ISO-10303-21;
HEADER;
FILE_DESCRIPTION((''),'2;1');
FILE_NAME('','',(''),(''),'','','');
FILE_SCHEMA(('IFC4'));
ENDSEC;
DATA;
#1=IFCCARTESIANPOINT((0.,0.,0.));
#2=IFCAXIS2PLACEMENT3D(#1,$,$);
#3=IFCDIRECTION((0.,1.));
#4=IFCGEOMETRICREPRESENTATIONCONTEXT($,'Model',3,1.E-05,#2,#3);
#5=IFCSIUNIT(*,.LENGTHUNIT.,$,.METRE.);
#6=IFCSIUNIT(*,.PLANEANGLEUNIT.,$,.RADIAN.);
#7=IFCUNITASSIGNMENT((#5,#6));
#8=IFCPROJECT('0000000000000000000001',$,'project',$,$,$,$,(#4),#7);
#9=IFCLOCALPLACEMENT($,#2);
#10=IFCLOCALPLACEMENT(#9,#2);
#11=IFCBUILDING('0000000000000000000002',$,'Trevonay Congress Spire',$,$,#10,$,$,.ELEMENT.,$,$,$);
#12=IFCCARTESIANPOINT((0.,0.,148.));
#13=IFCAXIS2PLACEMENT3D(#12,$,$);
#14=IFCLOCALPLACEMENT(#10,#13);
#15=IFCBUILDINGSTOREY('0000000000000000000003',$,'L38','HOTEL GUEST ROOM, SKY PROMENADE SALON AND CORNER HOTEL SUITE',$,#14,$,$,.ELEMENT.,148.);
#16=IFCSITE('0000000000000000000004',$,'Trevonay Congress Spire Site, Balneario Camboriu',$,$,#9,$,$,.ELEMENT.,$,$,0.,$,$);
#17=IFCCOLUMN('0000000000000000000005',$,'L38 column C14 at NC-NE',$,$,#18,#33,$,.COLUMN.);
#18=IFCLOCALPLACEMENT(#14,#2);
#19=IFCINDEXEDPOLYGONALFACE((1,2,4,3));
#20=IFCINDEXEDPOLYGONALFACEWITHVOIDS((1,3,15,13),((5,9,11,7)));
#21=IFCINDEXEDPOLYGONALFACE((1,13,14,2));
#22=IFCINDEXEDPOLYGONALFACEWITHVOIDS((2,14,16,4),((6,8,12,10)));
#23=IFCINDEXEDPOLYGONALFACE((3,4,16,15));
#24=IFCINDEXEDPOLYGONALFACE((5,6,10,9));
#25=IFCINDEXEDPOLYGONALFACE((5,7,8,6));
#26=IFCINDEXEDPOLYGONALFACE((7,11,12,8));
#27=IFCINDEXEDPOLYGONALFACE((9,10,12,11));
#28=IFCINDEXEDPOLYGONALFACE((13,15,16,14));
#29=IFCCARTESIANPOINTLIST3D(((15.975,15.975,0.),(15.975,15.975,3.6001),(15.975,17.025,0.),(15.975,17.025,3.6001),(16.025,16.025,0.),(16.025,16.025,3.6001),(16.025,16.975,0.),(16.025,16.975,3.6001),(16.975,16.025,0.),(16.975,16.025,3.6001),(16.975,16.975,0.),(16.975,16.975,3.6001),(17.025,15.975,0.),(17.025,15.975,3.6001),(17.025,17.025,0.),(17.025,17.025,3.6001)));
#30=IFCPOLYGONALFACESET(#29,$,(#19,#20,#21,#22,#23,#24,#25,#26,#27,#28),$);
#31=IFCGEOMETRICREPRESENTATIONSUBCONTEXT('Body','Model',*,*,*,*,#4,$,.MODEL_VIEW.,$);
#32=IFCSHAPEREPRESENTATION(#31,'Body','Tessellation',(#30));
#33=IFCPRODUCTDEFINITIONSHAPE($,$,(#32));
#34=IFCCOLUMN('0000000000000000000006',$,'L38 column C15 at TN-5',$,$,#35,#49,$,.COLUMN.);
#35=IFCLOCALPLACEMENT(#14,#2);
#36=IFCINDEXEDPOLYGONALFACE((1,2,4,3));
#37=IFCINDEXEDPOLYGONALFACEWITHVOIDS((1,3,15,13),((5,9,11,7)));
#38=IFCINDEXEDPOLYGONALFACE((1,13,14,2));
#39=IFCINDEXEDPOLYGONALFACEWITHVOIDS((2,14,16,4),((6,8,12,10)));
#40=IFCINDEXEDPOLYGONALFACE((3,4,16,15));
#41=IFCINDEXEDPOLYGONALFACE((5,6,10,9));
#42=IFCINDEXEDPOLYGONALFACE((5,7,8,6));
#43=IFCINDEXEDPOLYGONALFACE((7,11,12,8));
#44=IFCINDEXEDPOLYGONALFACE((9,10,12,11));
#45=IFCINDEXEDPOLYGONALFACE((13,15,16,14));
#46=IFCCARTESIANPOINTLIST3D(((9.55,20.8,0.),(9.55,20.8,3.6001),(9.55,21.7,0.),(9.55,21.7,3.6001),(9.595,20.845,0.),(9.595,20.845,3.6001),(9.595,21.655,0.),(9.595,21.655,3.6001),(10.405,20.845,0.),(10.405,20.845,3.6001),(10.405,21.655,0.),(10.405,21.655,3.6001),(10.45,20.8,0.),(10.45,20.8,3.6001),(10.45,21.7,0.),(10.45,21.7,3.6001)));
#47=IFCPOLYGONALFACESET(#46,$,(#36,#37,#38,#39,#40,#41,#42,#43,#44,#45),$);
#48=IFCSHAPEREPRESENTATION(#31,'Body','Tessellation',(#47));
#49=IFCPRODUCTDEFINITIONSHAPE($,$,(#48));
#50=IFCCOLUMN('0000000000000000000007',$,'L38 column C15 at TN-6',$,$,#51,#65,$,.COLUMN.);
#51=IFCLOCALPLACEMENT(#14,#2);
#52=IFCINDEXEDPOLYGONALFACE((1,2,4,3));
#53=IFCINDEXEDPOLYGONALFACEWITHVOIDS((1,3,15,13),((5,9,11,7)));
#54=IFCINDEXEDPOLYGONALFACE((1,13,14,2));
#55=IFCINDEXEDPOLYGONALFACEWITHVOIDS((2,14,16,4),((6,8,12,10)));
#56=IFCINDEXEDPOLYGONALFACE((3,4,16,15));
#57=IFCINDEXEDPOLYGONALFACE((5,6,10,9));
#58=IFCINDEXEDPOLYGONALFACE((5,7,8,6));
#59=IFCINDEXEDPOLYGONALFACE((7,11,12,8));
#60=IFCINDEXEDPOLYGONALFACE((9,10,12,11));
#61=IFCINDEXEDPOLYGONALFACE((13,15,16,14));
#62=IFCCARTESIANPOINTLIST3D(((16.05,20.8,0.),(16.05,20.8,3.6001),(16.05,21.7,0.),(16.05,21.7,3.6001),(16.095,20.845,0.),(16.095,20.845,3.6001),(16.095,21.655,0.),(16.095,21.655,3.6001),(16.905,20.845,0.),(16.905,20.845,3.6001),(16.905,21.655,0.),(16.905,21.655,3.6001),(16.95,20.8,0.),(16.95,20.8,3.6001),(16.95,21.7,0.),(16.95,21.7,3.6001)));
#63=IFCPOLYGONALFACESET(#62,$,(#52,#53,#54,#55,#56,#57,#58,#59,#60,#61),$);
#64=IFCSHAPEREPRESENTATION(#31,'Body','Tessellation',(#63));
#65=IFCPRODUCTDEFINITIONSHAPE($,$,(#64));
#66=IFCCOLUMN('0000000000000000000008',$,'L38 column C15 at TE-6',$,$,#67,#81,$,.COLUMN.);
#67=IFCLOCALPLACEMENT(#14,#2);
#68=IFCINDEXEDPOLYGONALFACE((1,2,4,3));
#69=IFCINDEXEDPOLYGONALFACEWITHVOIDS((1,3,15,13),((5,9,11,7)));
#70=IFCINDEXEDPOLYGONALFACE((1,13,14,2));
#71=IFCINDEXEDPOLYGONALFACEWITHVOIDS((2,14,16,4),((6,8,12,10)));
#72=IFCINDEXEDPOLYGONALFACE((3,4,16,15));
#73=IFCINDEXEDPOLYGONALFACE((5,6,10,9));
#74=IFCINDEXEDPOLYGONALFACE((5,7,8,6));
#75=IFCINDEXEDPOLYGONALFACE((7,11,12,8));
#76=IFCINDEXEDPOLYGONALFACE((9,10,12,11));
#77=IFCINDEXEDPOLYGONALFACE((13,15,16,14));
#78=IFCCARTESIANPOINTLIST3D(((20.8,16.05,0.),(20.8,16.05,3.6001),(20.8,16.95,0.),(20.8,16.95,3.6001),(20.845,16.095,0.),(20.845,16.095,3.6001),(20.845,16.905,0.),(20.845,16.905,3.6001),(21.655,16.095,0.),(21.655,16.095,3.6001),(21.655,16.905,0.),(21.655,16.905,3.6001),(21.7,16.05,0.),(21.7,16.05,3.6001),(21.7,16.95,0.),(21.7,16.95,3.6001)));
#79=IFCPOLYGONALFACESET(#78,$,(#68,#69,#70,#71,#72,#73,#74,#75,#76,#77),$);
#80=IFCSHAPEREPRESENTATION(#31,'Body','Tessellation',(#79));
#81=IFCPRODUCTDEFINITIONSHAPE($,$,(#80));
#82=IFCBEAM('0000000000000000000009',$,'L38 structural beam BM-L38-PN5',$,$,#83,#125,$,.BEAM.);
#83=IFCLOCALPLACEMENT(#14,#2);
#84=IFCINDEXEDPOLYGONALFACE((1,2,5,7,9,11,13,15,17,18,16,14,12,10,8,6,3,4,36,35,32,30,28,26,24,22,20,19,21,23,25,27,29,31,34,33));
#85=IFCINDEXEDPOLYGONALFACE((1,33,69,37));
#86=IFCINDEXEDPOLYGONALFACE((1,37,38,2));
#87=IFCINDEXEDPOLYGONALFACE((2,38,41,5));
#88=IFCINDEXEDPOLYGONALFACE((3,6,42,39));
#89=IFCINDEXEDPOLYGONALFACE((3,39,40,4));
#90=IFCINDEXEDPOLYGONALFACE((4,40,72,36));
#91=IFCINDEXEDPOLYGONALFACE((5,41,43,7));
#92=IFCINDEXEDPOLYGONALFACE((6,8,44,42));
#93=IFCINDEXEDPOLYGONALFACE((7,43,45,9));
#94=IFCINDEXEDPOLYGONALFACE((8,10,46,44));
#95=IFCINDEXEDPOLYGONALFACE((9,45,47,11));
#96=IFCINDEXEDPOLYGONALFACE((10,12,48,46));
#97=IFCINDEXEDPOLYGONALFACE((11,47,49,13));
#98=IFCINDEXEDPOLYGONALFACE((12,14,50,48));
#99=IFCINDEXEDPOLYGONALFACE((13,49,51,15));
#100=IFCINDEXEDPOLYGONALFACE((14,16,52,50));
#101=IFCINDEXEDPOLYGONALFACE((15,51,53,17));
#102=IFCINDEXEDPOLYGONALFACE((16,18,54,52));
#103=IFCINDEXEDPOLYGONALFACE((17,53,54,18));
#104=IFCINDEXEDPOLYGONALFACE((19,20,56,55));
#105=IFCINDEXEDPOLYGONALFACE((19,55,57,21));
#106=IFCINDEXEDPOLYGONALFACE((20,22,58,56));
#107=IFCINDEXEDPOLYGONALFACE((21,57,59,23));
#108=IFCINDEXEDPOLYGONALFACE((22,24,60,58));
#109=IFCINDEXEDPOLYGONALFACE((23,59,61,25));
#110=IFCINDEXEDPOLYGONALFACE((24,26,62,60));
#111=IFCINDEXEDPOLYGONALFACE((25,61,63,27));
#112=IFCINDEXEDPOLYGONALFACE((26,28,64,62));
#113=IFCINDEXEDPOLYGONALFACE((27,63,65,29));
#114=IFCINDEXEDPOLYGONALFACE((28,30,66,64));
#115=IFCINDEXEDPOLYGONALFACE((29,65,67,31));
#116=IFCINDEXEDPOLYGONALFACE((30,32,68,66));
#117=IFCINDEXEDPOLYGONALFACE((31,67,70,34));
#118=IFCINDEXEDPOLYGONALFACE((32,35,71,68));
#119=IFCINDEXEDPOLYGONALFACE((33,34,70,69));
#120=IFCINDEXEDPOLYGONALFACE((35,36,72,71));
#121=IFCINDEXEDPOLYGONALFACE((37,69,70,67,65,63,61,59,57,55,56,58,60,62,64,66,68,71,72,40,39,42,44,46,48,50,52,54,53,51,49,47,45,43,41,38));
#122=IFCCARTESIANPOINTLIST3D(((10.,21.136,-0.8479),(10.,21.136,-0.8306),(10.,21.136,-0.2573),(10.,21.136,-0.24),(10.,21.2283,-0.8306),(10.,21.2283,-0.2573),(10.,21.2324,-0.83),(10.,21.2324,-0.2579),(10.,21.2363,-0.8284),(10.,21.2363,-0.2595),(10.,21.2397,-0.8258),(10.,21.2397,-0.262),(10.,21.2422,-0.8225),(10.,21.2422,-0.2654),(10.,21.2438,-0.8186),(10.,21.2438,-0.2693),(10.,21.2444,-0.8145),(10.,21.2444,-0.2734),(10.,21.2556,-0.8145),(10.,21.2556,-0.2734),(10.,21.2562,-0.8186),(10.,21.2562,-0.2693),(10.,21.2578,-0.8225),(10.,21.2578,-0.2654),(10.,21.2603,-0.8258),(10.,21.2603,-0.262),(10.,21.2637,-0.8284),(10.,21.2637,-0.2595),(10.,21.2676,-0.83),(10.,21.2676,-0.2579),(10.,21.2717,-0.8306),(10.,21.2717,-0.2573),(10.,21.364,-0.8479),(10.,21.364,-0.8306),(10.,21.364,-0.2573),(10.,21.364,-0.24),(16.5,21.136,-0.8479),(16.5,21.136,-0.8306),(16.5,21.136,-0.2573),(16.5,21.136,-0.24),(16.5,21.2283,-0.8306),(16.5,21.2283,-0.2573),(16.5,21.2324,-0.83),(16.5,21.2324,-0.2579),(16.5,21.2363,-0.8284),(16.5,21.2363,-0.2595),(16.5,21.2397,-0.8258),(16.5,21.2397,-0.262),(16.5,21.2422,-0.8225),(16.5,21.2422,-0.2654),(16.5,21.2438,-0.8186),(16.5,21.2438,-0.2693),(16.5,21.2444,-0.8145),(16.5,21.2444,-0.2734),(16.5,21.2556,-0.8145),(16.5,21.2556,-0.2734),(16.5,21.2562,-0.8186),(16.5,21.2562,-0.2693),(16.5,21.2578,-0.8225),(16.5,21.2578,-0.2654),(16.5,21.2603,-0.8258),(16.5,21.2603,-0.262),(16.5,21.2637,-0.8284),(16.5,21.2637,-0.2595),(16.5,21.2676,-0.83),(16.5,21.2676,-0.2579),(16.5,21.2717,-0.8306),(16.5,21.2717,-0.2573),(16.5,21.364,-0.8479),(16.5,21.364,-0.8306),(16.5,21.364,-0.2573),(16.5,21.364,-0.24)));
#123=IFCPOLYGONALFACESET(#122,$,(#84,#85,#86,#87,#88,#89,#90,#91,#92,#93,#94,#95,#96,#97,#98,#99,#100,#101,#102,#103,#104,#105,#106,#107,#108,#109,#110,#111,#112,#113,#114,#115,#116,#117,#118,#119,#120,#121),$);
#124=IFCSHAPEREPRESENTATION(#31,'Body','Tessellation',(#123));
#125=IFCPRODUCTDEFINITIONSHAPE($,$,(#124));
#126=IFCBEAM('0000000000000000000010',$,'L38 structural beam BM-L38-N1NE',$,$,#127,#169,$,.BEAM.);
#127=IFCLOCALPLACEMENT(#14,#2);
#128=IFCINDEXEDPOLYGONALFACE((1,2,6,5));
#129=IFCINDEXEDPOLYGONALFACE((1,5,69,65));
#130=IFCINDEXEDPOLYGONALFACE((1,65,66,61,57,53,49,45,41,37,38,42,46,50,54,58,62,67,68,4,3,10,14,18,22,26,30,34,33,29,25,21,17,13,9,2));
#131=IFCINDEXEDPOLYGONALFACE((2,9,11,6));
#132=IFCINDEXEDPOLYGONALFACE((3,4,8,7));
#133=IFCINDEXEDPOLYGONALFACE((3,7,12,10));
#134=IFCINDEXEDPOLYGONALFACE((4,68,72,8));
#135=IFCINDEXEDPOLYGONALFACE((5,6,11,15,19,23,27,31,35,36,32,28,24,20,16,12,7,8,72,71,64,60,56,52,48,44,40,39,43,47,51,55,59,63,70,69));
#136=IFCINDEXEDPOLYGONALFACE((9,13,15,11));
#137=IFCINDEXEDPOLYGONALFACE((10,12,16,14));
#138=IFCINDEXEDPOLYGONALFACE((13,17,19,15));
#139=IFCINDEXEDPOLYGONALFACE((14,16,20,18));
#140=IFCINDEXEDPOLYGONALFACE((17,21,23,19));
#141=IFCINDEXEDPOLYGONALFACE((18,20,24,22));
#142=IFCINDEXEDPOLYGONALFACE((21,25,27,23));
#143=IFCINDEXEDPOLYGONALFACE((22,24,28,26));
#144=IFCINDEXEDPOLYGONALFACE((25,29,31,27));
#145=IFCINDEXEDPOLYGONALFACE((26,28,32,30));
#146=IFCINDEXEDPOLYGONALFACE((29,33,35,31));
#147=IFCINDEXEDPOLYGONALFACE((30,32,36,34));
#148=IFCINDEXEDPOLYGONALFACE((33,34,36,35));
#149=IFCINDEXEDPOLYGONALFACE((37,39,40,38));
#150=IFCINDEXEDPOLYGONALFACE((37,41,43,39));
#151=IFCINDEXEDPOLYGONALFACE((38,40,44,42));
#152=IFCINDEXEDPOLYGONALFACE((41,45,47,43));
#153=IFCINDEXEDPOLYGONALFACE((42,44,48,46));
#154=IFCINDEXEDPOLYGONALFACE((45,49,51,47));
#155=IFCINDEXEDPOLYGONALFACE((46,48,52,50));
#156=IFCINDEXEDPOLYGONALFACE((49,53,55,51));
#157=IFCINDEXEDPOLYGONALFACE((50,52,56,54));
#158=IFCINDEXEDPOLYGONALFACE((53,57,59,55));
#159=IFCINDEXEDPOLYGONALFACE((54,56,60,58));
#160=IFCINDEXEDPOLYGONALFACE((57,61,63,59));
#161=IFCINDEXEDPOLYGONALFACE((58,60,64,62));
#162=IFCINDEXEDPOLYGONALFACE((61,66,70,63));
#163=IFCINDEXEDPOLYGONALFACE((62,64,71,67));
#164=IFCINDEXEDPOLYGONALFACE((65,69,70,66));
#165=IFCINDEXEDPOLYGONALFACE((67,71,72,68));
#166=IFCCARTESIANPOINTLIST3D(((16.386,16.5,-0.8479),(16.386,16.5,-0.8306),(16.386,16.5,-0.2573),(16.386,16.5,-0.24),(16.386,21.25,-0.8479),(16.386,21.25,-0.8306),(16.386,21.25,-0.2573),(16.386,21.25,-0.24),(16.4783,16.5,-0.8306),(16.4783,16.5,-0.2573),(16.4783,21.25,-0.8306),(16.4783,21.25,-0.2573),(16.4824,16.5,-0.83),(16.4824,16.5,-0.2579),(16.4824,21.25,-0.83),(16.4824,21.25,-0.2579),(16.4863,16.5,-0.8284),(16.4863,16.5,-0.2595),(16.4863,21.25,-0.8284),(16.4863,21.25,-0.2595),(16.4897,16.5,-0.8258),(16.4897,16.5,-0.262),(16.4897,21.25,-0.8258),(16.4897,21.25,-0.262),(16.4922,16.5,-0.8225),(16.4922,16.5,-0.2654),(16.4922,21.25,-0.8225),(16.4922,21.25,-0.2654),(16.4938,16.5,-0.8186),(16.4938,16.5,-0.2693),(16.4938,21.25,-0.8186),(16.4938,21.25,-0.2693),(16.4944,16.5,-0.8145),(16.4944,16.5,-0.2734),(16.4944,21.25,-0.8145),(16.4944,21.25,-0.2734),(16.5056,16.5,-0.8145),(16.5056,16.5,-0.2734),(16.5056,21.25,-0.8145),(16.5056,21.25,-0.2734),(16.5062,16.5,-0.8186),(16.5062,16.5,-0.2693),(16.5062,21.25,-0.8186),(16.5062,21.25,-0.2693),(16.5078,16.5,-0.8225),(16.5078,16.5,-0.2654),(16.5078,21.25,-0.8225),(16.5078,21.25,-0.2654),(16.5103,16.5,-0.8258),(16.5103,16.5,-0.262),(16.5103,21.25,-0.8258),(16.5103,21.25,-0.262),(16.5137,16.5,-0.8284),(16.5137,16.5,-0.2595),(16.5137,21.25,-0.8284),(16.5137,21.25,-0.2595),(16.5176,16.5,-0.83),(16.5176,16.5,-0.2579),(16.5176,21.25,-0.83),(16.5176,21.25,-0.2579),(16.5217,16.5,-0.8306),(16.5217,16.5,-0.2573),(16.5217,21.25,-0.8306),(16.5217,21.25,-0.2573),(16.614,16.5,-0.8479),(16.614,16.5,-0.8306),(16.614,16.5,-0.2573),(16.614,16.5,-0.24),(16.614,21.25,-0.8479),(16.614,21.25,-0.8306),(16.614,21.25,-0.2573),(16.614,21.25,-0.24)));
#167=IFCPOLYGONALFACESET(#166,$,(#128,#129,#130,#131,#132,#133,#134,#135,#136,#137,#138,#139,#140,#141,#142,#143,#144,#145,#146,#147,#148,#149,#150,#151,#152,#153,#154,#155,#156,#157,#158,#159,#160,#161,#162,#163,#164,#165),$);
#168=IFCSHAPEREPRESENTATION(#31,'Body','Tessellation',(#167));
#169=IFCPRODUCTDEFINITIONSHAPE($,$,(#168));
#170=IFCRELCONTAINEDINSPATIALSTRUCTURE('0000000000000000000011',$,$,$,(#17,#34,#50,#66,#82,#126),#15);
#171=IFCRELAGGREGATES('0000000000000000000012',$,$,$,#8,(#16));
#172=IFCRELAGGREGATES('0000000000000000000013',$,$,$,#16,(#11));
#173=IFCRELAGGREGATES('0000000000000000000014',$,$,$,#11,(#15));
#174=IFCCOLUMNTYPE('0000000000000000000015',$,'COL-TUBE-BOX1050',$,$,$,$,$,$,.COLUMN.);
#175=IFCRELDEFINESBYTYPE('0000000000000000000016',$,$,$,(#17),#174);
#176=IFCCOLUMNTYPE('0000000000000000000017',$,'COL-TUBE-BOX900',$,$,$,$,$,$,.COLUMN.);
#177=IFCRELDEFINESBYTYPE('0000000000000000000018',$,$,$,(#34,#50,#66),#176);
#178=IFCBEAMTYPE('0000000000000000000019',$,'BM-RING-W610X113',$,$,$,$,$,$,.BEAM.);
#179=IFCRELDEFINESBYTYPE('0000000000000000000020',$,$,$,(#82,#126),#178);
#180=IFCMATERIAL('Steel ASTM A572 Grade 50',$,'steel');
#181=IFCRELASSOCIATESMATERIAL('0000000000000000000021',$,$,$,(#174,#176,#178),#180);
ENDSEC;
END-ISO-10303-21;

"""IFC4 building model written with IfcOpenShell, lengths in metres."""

from ifc_helpers import new_model, si_unit, direction, frame, origin, origin_2d, place, context, subcontext, project, spatial, hollow_rectangle, i_section, extrude, material, material_profile, profile_set, type_object, element, save


model = new_model("IFC4")

# Units and contexts
model_context = context("Model", 3, precision=1e-05, world=origin(), true_north=direction((0.0, 1.0)))
body_context = subcontext(model_context, "Body", "Model", "MODEL_VIEW")
ifc_project = project(units=[si_unit("LENGTHUNIT", "METRE"), si_unit("PLANEANGLEUNIT", "RADIAN")], contexts=[model_context])

# Site, building, storey
site_placement = place(None, origin())
site = spatial("IfcSite", under=ifc_project, at=site_placement, Name="Trevonay Congress Spire Site, Balneario Camboriu", CompositionType="ELEMENT", RefElevation=0.0)
building_placement = place(site_placement, origin())
building = spatial("IfcBuilding", under=site, at=building_placement, Name="Trevonay Congress Spire", CompositionType="ELEMENT")
storey_placement = place(building_placement, frame((0.0, 0.0, 148.0)))
storey = spatial("IfcBuildingStorey", under=building, at=storey_placement, Name="L38", Description="HOTEL GUEST ROOM, SKY PROMENADE SALON AND CORNER HOTEL SUITE", CompositionType="ELEMENT", Elevation=148.0)

# Columns
ifc_material_1 = material(Name="Steel ASTM A572 Grade 50", Category="steel")
ifc_material_profile_1 = material_profile(ifc_material_1, hollow_rectangle(XDim=1.05, YDim=1.05, WallThickness=0.05, at=origin_2d()), Name="BOX 1050x1050x50")
ifc_profile_set_1 = profile_set([ifc_material_profile_1], Name="Steel ASTM A572 Grade 50")
column_type_1 = type_object("IfcColumnType", Name="COL-TUBE-BOX1050", PredefinedType="COLUMN", material=ifc_profile_set_1)
column_placement = place(storey_placement, frame((16.5, 16.5, 0.0), z_axis=(0.0, 0.0, 1.0), x_axis=(1.0, 0.0, 0.0)))
element("IfcColumn", 1, at=column_placement, inside=storey, type_object=column_type_1, Name="L38 column C14 at NC-NE", PredefinedType="COLUMN", context=body_context, shape_type="SweptSolid", body=[
    extrude(hollow_rectangle(XDim=1.05, YDim=1.05, WallThickness=0.05, at=origin_2d()), origin(), (0.0, 0.0, 1.0), 3.6001),
])
ifc_material_profile_2 = material_profile(ifc_material_1, hollow_rectangle(XDim=0.8999, YDim=0.8999, WallThickness=0.0449, at=origin_2d()), Name="BOX 900x900x45")
ifc_profile_set_2 = profile_set([ifc_material_profile_2], Name="Steel ASTM A572 Grade 50")
column_type_2 = type_object("IfcColumnType", Name="COL-TUBE-BOX900", PredefinedType="COLUMN", material=ifc_profile_set_2)
for number, where, z_axis, x_axis, name in (
    (2, (10.0, 21.25, 0.0), (0.0, 0.0, 1.0), (1.0, 0.0, 0.0), "L38 column C15 at TN-5"),
    (3, (16.5, 21.25, 0.0), (0.0, 0.0, 1.0), (1.0, 0.0, 0.0), "L38 column C15 at TN-6"),
    (4, (21.25, 16.5, 0.0), (0.0, 0.0, 1.0), (1.0, 0.0, 0.0), "L38 column C15 at TE-6"),
):
    element("IfcColumn", number, at=place(storey_placement, frame(where, z_axis=z_axis, x_axis=x_axis)), inside=storey, type_object=column_type_2, Name=name, PredefinedType="COLUMN", context=body_context, shape_type="SweptSolid", body=[
        extrude(hollow_rectangle(XDim=0.8999, YDim=0.8999, WallThickness=0.0449, at=origin_2d()), origin(), (0.0, 0.0, 1.0), 3.6001),
    ])

# Beams
ifc_material_profile_3 = material_profile(ifc_material_1, i_section(OverallWidth=0.228, OverallDepth=0.6079, WebThickness=0.0112, FlangeThickness=0.0173, FilletRadius=0.0161, at=origin_2d()), Name="W610x113")
ifc_profile_set_3 = profile_set([ifc_material_profile_3], Name="Steel ASTM A572 Grade 50")
beam_type = type_object("IfcBeamType", Name="BM-RING-W610X113", PredefinedType="BEAM", material=ifc_profile_set_3)
beam_placement = place(storey_placement, frame((10.0, 21.25, -0.5439), z_axis=(1.0, 0.0, 0.0), x_axis=(0.0, 1.0, 0.0)))
element("IfcBeam", 5, at=beam_placement, inside=storey, type_object=beam_type, Name="L38 structural beam BM-L38-PN5", PredefinedType="BEAM", context=body_context, shape_type="SweptSolid", body=[
    extrude(i_section(OverallWidth=0.228, OverallDepth=0.6079, WebThickness=0.0112, FlangeThickness=0.0173, FilletRadius=0.0161, at=origin_2d()), origin(), (0.0, 0.0, 1.0), 6.5),
])
for number, where, z_axis, x_axis, name in (
    (6, (16.5, 21.25, -0.5439), (0.0, -1.0, 0.0), (1.0, 0.0, 0.0), "L38 structural beam BM-L38-N1NE"),
):
    element("IfcBeam", number, at=place(storey_placement, frame(where, z_axis=z_axis, x_axis=x_axis)), inside=storey, type_object=beam_type, Name=name, PredefinedType="BEAM", context=body_context, shape_type="SweptSolid", body=[
        extrude(i_section(OverallWidth=0.228, OverallDepth=0.6079, WebThickness=0.0112, FlangeThickness=0.0173, FilletRadius=0.0161, at=origin_2d()), origin(), (0.0, 0.0, 1.0), 4.75),
    ])

save(model, "model.ifc")
